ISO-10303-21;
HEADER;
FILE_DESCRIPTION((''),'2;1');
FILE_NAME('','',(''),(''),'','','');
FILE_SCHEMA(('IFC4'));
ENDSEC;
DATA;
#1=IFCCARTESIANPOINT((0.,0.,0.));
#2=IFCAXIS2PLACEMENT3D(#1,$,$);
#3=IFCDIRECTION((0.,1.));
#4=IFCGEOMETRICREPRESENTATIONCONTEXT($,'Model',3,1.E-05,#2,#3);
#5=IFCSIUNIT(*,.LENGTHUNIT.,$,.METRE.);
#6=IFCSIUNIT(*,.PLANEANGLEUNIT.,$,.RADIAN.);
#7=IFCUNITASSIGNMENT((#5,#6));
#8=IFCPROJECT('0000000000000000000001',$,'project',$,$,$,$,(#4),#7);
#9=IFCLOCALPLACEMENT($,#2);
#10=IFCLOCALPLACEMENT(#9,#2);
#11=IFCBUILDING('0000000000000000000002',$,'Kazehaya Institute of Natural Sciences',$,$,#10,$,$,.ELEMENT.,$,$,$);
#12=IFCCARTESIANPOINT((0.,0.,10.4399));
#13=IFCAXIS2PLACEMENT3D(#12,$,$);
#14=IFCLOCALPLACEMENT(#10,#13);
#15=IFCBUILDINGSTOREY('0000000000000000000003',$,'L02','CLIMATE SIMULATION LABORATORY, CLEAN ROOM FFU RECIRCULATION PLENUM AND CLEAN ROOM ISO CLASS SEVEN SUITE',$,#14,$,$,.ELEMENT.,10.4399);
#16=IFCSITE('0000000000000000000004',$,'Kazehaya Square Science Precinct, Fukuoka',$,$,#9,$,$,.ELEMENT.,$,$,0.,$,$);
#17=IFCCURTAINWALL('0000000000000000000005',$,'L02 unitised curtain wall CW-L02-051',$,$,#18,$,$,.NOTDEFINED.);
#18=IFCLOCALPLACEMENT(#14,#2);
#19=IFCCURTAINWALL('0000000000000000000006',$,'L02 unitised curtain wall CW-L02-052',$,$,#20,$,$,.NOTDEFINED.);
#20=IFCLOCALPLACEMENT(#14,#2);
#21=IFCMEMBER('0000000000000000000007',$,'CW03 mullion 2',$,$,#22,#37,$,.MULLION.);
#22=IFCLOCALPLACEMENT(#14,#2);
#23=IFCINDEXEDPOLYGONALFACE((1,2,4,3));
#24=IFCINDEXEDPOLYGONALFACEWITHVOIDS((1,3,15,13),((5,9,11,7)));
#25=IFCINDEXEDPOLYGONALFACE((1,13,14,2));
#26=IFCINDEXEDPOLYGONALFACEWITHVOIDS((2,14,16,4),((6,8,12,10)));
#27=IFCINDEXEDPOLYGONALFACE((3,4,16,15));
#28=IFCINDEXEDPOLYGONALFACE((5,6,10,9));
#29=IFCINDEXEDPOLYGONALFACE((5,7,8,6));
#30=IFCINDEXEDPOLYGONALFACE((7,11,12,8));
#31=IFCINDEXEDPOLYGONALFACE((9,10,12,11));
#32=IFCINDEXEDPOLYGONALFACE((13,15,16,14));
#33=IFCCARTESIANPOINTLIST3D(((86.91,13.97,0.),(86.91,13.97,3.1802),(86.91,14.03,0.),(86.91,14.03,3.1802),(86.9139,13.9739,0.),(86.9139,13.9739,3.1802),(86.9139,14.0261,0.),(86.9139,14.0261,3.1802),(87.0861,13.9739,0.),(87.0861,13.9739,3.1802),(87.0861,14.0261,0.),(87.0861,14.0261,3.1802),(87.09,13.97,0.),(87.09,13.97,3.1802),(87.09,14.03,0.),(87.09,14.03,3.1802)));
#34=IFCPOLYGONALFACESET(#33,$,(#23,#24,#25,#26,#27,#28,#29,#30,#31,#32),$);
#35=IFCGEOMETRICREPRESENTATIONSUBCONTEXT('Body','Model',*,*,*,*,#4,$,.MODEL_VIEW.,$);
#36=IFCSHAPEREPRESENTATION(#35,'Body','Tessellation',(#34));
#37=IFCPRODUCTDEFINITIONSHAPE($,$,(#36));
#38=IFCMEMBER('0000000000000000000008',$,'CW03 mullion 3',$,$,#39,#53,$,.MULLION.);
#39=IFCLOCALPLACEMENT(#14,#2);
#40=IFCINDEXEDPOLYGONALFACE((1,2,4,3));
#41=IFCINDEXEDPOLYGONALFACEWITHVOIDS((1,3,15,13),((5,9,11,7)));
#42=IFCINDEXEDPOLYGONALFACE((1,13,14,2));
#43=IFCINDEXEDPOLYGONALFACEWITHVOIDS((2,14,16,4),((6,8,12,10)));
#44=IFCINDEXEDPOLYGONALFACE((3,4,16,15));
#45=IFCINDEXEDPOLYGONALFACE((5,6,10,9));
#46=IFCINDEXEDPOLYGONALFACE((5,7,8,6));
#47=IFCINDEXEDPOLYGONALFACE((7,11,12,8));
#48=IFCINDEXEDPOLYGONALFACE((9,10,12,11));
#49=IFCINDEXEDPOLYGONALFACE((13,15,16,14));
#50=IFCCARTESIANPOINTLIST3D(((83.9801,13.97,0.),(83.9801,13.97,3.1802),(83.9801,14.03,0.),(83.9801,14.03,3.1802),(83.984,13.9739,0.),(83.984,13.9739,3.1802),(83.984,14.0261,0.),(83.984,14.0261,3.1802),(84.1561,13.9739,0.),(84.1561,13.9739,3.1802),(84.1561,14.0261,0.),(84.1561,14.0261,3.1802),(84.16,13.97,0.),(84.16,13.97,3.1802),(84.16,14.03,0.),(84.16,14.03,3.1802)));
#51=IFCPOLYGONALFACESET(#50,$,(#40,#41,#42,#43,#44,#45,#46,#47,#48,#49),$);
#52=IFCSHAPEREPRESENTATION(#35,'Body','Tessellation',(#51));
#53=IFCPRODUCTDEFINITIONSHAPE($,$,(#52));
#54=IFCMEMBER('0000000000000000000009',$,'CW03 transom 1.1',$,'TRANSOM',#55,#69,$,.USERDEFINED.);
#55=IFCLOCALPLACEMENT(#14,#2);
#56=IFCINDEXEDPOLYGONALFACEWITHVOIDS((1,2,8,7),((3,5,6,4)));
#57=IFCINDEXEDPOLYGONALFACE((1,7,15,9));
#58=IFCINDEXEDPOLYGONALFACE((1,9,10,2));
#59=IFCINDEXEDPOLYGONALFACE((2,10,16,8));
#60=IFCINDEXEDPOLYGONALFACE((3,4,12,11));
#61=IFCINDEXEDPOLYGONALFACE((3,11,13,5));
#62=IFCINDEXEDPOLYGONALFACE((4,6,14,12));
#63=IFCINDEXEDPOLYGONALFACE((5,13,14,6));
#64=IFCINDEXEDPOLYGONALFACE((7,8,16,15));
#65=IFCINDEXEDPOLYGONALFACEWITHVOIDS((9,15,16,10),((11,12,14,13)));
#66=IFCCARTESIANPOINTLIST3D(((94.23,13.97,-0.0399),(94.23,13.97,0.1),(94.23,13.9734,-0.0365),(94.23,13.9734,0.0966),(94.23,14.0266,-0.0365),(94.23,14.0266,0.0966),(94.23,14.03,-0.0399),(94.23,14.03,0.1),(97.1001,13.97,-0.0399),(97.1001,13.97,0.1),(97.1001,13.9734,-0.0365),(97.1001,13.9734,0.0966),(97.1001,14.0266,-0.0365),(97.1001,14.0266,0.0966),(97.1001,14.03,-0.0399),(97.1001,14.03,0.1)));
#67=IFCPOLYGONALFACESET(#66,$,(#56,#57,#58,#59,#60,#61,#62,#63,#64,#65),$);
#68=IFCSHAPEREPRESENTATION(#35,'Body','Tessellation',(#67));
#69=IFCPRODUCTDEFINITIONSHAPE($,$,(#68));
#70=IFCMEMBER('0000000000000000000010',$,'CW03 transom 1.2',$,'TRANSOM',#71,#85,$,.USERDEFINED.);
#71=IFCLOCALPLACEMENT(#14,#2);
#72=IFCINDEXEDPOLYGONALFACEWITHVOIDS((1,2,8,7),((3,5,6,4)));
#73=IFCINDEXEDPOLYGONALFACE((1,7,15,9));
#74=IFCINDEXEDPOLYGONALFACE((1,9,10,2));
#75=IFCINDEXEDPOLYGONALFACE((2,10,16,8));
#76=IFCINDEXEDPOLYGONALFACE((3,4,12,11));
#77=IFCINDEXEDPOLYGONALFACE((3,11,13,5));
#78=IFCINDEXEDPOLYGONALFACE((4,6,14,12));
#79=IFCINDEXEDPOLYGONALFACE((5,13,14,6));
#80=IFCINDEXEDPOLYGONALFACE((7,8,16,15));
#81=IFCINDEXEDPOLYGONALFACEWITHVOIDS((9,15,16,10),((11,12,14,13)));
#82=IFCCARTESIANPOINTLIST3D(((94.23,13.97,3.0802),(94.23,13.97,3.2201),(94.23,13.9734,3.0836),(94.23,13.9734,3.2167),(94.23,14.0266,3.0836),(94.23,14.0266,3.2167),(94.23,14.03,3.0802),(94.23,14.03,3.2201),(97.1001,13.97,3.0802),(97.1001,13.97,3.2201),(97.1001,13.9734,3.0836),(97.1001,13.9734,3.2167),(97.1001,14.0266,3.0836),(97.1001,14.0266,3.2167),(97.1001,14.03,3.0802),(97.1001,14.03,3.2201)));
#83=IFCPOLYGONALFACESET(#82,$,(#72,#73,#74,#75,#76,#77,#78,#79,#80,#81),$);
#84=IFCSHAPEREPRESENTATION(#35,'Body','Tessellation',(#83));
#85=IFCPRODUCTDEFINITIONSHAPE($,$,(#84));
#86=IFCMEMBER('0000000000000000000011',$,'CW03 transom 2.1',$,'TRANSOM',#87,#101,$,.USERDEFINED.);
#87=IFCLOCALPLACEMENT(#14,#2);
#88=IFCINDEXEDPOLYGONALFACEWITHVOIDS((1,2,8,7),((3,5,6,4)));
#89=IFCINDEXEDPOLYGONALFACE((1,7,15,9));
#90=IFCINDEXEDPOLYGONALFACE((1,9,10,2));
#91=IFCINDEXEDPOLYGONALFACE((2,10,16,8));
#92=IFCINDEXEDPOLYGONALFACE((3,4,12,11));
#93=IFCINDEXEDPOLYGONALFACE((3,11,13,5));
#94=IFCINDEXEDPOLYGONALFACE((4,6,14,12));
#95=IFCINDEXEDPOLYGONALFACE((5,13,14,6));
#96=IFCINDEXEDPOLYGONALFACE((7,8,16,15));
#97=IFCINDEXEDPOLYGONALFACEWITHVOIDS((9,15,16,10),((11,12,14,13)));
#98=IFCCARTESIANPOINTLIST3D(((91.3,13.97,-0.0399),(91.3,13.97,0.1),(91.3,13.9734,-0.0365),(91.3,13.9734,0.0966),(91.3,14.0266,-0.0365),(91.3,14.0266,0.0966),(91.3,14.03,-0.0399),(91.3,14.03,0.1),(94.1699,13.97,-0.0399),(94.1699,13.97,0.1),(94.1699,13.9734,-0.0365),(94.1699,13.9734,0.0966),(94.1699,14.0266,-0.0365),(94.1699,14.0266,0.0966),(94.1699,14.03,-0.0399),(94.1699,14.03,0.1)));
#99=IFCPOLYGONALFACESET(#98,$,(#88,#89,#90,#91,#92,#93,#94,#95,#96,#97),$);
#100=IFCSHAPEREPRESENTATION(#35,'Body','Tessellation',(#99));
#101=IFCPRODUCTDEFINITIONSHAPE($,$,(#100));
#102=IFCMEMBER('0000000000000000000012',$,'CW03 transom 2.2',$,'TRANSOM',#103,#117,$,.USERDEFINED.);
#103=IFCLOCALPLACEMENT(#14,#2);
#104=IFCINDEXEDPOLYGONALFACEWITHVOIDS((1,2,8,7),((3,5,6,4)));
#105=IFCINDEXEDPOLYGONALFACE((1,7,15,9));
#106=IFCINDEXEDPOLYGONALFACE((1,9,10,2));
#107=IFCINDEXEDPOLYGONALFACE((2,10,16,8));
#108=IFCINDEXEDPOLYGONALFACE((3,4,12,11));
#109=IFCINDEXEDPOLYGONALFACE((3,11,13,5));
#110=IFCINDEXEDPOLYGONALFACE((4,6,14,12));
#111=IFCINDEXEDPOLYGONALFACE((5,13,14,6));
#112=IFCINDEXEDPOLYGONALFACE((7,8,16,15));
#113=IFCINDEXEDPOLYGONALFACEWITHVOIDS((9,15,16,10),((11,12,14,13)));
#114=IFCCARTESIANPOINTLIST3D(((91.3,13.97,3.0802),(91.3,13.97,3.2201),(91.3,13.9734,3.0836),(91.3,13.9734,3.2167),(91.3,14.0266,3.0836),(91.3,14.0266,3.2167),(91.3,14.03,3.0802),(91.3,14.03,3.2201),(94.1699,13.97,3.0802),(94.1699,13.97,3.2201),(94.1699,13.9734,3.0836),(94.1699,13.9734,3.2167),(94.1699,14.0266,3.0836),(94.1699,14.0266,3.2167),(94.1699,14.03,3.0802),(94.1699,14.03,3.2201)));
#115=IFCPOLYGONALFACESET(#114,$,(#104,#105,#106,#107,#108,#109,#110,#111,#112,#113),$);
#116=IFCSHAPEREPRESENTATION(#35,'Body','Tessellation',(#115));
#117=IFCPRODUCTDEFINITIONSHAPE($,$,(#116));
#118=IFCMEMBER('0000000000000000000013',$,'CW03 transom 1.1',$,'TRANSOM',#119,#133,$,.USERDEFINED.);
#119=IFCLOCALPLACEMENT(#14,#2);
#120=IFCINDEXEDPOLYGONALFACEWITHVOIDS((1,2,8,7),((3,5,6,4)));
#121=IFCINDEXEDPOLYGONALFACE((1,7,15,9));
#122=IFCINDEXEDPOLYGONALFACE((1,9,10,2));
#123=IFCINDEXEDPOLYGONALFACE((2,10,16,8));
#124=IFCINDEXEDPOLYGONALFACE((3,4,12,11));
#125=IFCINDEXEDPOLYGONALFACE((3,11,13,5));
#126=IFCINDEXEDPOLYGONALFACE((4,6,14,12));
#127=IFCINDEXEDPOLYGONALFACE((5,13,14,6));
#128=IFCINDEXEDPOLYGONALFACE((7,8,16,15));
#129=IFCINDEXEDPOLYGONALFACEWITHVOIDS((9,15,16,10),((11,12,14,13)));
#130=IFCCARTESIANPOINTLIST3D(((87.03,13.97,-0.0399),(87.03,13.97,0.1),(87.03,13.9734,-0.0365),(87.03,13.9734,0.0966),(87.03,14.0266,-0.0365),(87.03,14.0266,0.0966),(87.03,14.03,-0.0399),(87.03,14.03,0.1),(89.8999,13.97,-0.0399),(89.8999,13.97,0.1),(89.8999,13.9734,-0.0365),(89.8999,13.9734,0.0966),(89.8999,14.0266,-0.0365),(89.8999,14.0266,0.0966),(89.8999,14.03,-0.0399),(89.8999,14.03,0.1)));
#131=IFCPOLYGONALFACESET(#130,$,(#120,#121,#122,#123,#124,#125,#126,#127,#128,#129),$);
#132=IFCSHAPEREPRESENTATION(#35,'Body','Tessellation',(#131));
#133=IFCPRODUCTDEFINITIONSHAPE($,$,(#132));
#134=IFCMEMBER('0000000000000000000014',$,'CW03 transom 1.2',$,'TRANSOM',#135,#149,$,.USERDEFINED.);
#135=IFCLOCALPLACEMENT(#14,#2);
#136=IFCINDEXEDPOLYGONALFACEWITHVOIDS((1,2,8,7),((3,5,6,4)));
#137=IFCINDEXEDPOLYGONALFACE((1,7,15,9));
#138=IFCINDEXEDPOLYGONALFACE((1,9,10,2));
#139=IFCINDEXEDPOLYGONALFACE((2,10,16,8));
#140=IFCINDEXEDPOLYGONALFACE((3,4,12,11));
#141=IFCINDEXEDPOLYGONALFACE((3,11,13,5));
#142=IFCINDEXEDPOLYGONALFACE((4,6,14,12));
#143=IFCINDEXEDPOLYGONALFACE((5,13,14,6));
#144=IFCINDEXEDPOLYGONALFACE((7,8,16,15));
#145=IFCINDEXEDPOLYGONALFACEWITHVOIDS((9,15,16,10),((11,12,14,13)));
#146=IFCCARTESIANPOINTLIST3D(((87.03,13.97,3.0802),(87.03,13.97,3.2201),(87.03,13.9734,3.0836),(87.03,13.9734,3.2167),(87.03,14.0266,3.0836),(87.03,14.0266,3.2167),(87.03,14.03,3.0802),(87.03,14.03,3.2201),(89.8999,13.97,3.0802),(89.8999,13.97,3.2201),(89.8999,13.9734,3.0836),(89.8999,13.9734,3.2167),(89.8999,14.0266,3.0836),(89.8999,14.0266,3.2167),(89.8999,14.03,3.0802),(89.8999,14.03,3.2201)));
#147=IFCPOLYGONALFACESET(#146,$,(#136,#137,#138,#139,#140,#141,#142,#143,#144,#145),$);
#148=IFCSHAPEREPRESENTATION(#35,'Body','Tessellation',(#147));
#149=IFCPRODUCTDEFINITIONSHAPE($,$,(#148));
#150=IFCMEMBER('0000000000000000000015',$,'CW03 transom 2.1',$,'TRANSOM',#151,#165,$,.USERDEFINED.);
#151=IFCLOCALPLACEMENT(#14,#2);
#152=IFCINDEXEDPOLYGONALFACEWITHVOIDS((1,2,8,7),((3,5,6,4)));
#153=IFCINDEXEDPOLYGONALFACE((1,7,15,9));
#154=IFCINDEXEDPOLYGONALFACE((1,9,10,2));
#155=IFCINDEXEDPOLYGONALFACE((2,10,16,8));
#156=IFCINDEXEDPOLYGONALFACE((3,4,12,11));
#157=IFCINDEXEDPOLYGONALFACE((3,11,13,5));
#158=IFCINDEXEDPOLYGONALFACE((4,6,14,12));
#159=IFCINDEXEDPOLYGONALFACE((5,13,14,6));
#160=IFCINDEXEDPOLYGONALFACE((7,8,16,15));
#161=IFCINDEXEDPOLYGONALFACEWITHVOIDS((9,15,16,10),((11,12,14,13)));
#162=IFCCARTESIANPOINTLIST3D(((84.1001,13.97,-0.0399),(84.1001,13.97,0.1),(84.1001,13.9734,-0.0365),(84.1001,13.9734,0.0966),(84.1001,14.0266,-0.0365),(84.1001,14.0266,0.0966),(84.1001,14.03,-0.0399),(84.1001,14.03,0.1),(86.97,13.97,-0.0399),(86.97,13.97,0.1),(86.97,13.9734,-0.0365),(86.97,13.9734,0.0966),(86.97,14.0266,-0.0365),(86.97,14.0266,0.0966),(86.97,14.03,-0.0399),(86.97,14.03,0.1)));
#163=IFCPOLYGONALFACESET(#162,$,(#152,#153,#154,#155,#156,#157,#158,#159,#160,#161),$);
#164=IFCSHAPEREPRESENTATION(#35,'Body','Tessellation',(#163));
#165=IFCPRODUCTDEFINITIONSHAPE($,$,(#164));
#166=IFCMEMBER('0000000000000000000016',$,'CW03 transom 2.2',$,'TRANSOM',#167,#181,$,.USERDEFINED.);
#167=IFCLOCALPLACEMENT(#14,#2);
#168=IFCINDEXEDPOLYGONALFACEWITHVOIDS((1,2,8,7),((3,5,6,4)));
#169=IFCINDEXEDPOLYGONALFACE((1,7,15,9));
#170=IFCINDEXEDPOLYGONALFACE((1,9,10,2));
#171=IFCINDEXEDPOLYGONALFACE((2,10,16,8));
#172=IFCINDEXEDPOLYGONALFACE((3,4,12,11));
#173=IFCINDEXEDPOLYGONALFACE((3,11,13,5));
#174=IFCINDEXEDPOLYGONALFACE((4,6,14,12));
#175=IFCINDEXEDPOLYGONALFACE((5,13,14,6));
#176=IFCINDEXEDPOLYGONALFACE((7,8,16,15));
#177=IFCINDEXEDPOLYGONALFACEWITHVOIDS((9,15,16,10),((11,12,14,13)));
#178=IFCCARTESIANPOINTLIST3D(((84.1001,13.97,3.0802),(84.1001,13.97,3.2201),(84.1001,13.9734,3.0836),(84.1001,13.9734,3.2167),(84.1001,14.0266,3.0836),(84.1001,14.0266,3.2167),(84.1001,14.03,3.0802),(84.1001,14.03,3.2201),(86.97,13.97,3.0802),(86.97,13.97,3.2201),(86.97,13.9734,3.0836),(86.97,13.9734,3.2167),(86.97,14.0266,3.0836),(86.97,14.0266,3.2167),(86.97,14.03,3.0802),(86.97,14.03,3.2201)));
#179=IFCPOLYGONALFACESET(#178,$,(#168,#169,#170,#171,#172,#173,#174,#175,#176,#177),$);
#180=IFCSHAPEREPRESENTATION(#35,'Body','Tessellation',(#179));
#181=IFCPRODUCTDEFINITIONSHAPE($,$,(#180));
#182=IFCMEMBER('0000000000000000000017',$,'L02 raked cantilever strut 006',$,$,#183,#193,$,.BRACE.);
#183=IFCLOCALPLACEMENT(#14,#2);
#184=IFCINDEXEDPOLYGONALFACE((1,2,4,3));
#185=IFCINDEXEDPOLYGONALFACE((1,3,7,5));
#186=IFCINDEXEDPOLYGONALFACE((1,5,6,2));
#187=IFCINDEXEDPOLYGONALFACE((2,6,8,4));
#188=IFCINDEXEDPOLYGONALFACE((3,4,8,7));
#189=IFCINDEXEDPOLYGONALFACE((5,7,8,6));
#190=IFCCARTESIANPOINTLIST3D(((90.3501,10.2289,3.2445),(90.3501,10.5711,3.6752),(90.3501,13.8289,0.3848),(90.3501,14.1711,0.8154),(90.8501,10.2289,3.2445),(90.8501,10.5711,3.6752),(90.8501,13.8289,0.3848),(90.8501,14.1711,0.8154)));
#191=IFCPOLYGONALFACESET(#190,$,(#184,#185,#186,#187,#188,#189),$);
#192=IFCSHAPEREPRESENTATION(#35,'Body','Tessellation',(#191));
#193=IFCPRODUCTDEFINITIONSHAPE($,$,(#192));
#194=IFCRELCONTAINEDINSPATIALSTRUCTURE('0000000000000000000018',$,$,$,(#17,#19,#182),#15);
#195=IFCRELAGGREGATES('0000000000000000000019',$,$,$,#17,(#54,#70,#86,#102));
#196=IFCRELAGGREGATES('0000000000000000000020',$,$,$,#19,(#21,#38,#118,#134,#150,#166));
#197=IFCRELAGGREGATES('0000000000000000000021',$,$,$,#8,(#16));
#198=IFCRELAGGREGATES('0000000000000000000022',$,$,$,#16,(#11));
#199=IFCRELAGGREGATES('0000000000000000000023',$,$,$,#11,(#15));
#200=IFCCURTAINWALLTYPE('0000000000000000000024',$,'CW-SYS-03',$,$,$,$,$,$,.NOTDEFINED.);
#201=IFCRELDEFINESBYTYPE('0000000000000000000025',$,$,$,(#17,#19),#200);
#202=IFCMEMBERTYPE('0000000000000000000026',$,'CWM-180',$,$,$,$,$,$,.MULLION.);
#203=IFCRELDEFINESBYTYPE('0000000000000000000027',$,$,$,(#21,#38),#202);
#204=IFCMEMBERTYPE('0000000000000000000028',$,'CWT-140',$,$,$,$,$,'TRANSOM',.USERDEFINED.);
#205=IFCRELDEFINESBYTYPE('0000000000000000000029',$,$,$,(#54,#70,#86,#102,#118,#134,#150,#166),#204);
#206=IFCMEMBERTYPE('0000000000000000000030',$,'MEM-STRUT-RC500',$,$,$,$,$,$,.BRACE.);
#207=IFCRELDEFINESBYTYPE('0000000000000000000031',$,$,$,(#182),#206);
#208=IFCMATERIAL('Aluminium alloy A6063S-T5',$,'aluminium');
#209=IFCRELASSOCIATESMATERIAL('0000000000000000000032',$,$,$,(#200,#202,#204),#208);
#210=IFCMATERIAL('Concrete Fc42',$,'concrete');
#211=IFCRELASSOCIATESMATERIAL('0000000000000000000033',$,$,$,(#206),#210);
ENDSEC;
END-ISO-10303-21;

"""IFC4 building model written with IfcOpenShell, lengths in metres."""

from ifc_helpers import new_model, si_unit, direction, frame, origin, origin_2d, place, context, subcontext, project, spatial, rectangle, hollow_rectangle, extrude, material, material_profile, profile_set, type_object, element, aggregate, save


model = new_model("IFC4")

# Units and contexts
model_context = context("Model", 3, precision=1e-05, world=origin(), true_north=direction((0.0, 1.0)))
body_context = subcontext(model_context, "Body", "Model", "MODEL_VIEW")
ifc_project = project(units=[si_unit("LENGTHUNIT", "METRE"), si_unit("PLANEANGLEUNIT", "RADIAN")], contexts=[model_context])

# Site, building, storey
site_placement = place(None, origin())
site = spatial("IfcSite", under=ifc_project, at=site_placement, Name="Kazehaya Square Science Precinct, Fukuoka", CompositionType="ELEMENT", RefElevation=0.0)
building_placement = place(site_placement, origin())
building = spatial("IfcBuilding", under=site, at=building_placement, Name="Kazehaya Institute of Natural Sciences", CompositionType="ELEMENT")
storey_placement = place(building_placement, frame((0.0, 0.0, 10.4399)))
storey = spatial("IfcBuildingStorey", under=building, at=storey_placement, Name="L02", Description="CLIMATE SIMULATION LABORATORY, CLEAN ROOM FFU RECIRCULATION PLENUM AND CLEAN ROOM ISO CLASS SEVEN SUITE", CompositionType="ELEMENT", Elevation=10.4399)

# Shared definitions
ifc_material_1 = material(Name="Concrete Fc42", Category="concrete")

# Curtain walls, members
ifc_material_2 = material(Name="Aluminium alloy A6063S-T5", Category="aluminium")
curtain_wall_type = type_object("IfcCurtainWallType", Name="CW-SYS-03", PredefinedType="NOTDEFINED", material=ifc_material_2)
curtain_wall_1_placement = place(storey_placement, origin())
curtain_wall_1 = element("IfcCurtainWall", 1, at=curtain_wall_1_placement, inside=storey, type_object=curtain_wall_type, Name="L02 unitised curtain wall CW-L02-051", PredefinedType="NOTDEFINED")
ifc_material_profile_1 = material_profile(ifc_material_2, hollow_rectangle(XDim=0.0601, YDim=0.1799, WallThickness=0.0039, at=origin_2d()), Name="ALU-60x180x4")
ifc_profile_set_1 = profile_set([ifc_material_profile_1], Name="Aluminium alloy A6063S-T5")
member_type_1 = type_object("IfcMemberType", Name="CWM-180", PredefinedType="MULLION", material=ifc_profile_set_1)
curtain_wall_2_placement = place(storey_placement, origin())
curtain_wall_2 = element("IfcCurtainWall", 2, at=curtain_wall_2_placement, inside=storey, type_object=curtain_wall_type, Name="L02 unitised curtain wall CW-L02-052", PredefinedType="NOTDEFINED")
member_1_placement = place(storey_placement, frame((87.0, 14.0, 0.0), z_axis=(0.0, 0.0, 1.0), x_axis=(0.0, -1.0, 0.0)))
member_1 = element("IfcMember", 3, at=member_1_placement, type_object=member_type_1, Name="CW03 mullion 2", PredefinedType="MULLION", context=body_context, shape_type="SweptSolid", body=[
    extrude(hollow_rectangle(XDim=0.0601, YDim=0.1799, WallThickness=0.0039, at=origin_2d()), origin(), (0.0, 0.0, 1.0), 3.1802),
])
member_2_placement = place(storey_placement, frame((84.0701, 14.0, 0.0), z_axis=(0.0, 0.0, 1.0), x_axis=(0.0, -1.0, 0.0)))
member_2 = element("IfcMember", 4, at=member_2_placement, type_object=member_type_1, Name="CW03 mullion 3", PredefinedType="MULLION", context=body_context, shape_type="SweptSolid", body=[
    extrude(hollow_rectangle(XDim=0.0601, YDim=0.1799, WallThickness=0.0039, at=origin_2d()), origin(), (0.0, 0.0, 1.0), 3.1802),
])

# Members
ifc_material_profile_2 = material_profile(ifc_material_2, hollow_rectangle(XDim=0.0601, YDim=0.1399, WallThickness=0.0034, at=origin_2d()), Name="ALU-60x140x3.5")
ifc_profile_set_2 = profile_set([ifc_material_profile_2], Name="Aluminium alloy A6063S-T5")
member_type_2 = type_object("IfcMemberType", Name="CWT-140", ElementType="TRANSOM", PredefinedType="USERDEFINED", material=ifc_profile_set_2)
member_3_placement = place(storey_placement, frame((97.1001, 14.0, 0.03), z_axis=(-1.0, 0.0, 0.0), x_axis=(0.0, -1.0, 0.0)))
member_3 = element("IfcMember", 5, at=member_3_placement, type_object=member_type_2, Name="CW03 transom 1.1", ObjectType="TRANSOM", PredefinedType="USERDEFINED", context=body_context, shape_type="SweptSolid", body=[
    extrude(hollow_rectangle(XDim=0.0601, YDim=0.1399, WallThickness=0.0034, at=origin_2d()), origin(), (0.0, 0.0, 1.0), 2.8701),
])
member_4_placement = place(storey_placement, frame((97.1001, 14.0, 3.1501), z_axis=(-1.0, 0.0, 0.0), x_axis=(0.0, -1.0, 0.0)))
member_4 = element("IfcMember", 6, at=member_4_placement, type_object=member_type_2, Name="CW03 transom 1.2", ObjectType="TRANSOM", PredefinedType="USERDEFINED", context=body_context, shape_type="SweptSolid", body=[
    extrude(hollow_rectangle(XDim=0.0601, YDim=0.1399, WallThickness=0.0034, at=origin_2d()), origin(), (0.0, 0.0, 1.0), 2.8701),
])
member_5_placement = place(storey_placement, frame((94.1699, 14.0, 0.03), z_axis=(-1.0, 0.0, 0.0), x_axis=(0.0, -1.0, 0.0)))
member_5 = element("IfcMember", 7, at=member_5_placement, type_object=member_type_2, Name="CW03 transom 2.1", ObjectType="TRANSOM", PredefinedType="USERDEFINED", context=body_context, shape_type="SweptSolid", body=[
    extrude(hollow_rectangle(XDim=0.0601, YDim=0.1399, WallThickness=0.0034, at=origin_2d()), origin(), (0.0, 0.0, 1.0), 2.8699),
])
member_6_placement = place(storey_placement, frame((94.1699, 14.0, 3.1501), z_axis=(-1.0, 0.0, 0.0), x_axis=(0.0, -1.0, 0.0)))
member_6 = element("IfcMember", 8, at=member_6_placement, type_object=member_type_2, Name="CW03 transom 2.2", ObjectType="TRANSOM", PredefinedType="USERDEFINED", context=body_context, shape_type="SweptSolid", body=[
    extrude(hollow_rectangle(XDim=0.0601, YDim=0.1399, WallThickness=0.0034, at=origin_2d()), origin(), (0.0, 0.0, 1.0), 2.8699),
])
member_7_placement = place(storey_placement, frame((89.8999, 14.0, 0.03), z_axis=(-1.0, 0.0, 0.0), x_axis=(0.0, -1.0, 0.0)))
member_7 = element("IfcMember", 9, at=member_7_placement, type_object=member_type_2, Name="CW03 transom 1.1", ObjectType="TRANSOM", PredefinedType="USERDEFINED", context=body_context, shape_type="SweptSolid", body=[
    extrude(hollow_rectangle(XDim=0.0601, YDim=0.1399, WallThickness=0.0034, at=origin_2d()), origin(), (0.0, 0.0, 1.0), 2.8699),
])
member_8_placement = place(storey_placement, frame((89.8999, 14.0, 3.1501), z_axis=(-1.0, 0.0, 0.0), x_axis=(0.0, -1.0, 0.0)))
member_8 = element("IfcMember", 10, at=member_8_placement, type_object=member_type_2, Name="CW03 transom 1.2", ObjectType="TRANSOM", PredefinedType="USERDEFINED", context=body_context, shape_type="SweptSolid", body=[
    extrude(hollow_rectangle(XDim=0.0601, YDim=0.1399, WallThickness=0.0034, at=origin_2d()), origin(), (0.0, 0.0, 1.0), 2.8699),
])
member_9_placement = place(storey_placement, frame((86.97, 14.0, 0.03), z_axis=(-1.0, 0.0, 0.0), x_axis=(0.0, -1.0, 0.0)))
member_9 = element("IfcMember", 11, at=member_9_placement, type_object=member_type_2, Name="CW03 transom 2.1", ObjectType="TRANSOM", PredefinedType="USERDEFINED", context=body_context, shape_type="SweptSolid", body=[
    extrude(hollow_rectangle(XDim=0.0601, YDim=0.1399, WallThickness=0.0034, at=origin_2d()), origin(), (0.0, 0.0, 1.0), 2.8699),
])
member_10_placement = place(storey_placement, frame((86.97, 14.0, 3.1501), z_axis=(-1.0, 0.0, 0.0), x_axis=(0.0, -1.0, 0.0)))
member_10 = element("IfcMember", 12, at=member_10_placement, type_object=member_type_2, Name="CW03 transom 2.2", ObjectType="TRANSOM", PredefinedType="USERDEFINED", context=body_context, shape_type="SweptSolid", body=[
    extrude(hollow_rectangle(XDim=0.0601, YDim=0.1399, WallThickness=0.0034, at=origin_2d()), origin(), (0.0, 0.0, 1.0), 2.8699),
])

# Member
ifc_material_profile_3 = material_profile(ifc_material_1, rectangle(XDim=0.5, YDim=0.55, at=origin_2d()), Name="RC-500x550")
ifc_profile_set_3 = profile_set([ifc_material_profile_3], Name="Concrete Fc42")
member_type_3 = type_object("IfcMemberType", Name="MEM-STRUT-RC500", PredefinedType="BRACE", material=ifc_profile_set_3)
for number, where, z_axis, x_axis, name in (
    (13, (90.6001, 14.0, 0.6001), (0.0, -0.783009, 0.62201), (1.0, 0.0, 0.0), "L02 raked cantilever strut 006"),
):
    element("IfcMember", number, at=place(storey_placement, frame(where, z_axis=z_axis, x_axis=x_axis)), inside=storey, type_object=member_type_3, Name=name, PredefinedType="BRACE", context=body_context, shape_type="SweptSolid", body=[
        extrude(rectangle(XDim=0.5, YDim=0.55, at=origin_2d()), origin(), (0.0, 0.0, 1.0), 4.5977),
    ])

aggregate(curtain_wall_1, [member_3, member_4, member_5, member_6])
aggregate(curtain_wall_2, [member_1, member_2, member_7, member_8, member_9, member_10])

save(model, "model.ifc")
